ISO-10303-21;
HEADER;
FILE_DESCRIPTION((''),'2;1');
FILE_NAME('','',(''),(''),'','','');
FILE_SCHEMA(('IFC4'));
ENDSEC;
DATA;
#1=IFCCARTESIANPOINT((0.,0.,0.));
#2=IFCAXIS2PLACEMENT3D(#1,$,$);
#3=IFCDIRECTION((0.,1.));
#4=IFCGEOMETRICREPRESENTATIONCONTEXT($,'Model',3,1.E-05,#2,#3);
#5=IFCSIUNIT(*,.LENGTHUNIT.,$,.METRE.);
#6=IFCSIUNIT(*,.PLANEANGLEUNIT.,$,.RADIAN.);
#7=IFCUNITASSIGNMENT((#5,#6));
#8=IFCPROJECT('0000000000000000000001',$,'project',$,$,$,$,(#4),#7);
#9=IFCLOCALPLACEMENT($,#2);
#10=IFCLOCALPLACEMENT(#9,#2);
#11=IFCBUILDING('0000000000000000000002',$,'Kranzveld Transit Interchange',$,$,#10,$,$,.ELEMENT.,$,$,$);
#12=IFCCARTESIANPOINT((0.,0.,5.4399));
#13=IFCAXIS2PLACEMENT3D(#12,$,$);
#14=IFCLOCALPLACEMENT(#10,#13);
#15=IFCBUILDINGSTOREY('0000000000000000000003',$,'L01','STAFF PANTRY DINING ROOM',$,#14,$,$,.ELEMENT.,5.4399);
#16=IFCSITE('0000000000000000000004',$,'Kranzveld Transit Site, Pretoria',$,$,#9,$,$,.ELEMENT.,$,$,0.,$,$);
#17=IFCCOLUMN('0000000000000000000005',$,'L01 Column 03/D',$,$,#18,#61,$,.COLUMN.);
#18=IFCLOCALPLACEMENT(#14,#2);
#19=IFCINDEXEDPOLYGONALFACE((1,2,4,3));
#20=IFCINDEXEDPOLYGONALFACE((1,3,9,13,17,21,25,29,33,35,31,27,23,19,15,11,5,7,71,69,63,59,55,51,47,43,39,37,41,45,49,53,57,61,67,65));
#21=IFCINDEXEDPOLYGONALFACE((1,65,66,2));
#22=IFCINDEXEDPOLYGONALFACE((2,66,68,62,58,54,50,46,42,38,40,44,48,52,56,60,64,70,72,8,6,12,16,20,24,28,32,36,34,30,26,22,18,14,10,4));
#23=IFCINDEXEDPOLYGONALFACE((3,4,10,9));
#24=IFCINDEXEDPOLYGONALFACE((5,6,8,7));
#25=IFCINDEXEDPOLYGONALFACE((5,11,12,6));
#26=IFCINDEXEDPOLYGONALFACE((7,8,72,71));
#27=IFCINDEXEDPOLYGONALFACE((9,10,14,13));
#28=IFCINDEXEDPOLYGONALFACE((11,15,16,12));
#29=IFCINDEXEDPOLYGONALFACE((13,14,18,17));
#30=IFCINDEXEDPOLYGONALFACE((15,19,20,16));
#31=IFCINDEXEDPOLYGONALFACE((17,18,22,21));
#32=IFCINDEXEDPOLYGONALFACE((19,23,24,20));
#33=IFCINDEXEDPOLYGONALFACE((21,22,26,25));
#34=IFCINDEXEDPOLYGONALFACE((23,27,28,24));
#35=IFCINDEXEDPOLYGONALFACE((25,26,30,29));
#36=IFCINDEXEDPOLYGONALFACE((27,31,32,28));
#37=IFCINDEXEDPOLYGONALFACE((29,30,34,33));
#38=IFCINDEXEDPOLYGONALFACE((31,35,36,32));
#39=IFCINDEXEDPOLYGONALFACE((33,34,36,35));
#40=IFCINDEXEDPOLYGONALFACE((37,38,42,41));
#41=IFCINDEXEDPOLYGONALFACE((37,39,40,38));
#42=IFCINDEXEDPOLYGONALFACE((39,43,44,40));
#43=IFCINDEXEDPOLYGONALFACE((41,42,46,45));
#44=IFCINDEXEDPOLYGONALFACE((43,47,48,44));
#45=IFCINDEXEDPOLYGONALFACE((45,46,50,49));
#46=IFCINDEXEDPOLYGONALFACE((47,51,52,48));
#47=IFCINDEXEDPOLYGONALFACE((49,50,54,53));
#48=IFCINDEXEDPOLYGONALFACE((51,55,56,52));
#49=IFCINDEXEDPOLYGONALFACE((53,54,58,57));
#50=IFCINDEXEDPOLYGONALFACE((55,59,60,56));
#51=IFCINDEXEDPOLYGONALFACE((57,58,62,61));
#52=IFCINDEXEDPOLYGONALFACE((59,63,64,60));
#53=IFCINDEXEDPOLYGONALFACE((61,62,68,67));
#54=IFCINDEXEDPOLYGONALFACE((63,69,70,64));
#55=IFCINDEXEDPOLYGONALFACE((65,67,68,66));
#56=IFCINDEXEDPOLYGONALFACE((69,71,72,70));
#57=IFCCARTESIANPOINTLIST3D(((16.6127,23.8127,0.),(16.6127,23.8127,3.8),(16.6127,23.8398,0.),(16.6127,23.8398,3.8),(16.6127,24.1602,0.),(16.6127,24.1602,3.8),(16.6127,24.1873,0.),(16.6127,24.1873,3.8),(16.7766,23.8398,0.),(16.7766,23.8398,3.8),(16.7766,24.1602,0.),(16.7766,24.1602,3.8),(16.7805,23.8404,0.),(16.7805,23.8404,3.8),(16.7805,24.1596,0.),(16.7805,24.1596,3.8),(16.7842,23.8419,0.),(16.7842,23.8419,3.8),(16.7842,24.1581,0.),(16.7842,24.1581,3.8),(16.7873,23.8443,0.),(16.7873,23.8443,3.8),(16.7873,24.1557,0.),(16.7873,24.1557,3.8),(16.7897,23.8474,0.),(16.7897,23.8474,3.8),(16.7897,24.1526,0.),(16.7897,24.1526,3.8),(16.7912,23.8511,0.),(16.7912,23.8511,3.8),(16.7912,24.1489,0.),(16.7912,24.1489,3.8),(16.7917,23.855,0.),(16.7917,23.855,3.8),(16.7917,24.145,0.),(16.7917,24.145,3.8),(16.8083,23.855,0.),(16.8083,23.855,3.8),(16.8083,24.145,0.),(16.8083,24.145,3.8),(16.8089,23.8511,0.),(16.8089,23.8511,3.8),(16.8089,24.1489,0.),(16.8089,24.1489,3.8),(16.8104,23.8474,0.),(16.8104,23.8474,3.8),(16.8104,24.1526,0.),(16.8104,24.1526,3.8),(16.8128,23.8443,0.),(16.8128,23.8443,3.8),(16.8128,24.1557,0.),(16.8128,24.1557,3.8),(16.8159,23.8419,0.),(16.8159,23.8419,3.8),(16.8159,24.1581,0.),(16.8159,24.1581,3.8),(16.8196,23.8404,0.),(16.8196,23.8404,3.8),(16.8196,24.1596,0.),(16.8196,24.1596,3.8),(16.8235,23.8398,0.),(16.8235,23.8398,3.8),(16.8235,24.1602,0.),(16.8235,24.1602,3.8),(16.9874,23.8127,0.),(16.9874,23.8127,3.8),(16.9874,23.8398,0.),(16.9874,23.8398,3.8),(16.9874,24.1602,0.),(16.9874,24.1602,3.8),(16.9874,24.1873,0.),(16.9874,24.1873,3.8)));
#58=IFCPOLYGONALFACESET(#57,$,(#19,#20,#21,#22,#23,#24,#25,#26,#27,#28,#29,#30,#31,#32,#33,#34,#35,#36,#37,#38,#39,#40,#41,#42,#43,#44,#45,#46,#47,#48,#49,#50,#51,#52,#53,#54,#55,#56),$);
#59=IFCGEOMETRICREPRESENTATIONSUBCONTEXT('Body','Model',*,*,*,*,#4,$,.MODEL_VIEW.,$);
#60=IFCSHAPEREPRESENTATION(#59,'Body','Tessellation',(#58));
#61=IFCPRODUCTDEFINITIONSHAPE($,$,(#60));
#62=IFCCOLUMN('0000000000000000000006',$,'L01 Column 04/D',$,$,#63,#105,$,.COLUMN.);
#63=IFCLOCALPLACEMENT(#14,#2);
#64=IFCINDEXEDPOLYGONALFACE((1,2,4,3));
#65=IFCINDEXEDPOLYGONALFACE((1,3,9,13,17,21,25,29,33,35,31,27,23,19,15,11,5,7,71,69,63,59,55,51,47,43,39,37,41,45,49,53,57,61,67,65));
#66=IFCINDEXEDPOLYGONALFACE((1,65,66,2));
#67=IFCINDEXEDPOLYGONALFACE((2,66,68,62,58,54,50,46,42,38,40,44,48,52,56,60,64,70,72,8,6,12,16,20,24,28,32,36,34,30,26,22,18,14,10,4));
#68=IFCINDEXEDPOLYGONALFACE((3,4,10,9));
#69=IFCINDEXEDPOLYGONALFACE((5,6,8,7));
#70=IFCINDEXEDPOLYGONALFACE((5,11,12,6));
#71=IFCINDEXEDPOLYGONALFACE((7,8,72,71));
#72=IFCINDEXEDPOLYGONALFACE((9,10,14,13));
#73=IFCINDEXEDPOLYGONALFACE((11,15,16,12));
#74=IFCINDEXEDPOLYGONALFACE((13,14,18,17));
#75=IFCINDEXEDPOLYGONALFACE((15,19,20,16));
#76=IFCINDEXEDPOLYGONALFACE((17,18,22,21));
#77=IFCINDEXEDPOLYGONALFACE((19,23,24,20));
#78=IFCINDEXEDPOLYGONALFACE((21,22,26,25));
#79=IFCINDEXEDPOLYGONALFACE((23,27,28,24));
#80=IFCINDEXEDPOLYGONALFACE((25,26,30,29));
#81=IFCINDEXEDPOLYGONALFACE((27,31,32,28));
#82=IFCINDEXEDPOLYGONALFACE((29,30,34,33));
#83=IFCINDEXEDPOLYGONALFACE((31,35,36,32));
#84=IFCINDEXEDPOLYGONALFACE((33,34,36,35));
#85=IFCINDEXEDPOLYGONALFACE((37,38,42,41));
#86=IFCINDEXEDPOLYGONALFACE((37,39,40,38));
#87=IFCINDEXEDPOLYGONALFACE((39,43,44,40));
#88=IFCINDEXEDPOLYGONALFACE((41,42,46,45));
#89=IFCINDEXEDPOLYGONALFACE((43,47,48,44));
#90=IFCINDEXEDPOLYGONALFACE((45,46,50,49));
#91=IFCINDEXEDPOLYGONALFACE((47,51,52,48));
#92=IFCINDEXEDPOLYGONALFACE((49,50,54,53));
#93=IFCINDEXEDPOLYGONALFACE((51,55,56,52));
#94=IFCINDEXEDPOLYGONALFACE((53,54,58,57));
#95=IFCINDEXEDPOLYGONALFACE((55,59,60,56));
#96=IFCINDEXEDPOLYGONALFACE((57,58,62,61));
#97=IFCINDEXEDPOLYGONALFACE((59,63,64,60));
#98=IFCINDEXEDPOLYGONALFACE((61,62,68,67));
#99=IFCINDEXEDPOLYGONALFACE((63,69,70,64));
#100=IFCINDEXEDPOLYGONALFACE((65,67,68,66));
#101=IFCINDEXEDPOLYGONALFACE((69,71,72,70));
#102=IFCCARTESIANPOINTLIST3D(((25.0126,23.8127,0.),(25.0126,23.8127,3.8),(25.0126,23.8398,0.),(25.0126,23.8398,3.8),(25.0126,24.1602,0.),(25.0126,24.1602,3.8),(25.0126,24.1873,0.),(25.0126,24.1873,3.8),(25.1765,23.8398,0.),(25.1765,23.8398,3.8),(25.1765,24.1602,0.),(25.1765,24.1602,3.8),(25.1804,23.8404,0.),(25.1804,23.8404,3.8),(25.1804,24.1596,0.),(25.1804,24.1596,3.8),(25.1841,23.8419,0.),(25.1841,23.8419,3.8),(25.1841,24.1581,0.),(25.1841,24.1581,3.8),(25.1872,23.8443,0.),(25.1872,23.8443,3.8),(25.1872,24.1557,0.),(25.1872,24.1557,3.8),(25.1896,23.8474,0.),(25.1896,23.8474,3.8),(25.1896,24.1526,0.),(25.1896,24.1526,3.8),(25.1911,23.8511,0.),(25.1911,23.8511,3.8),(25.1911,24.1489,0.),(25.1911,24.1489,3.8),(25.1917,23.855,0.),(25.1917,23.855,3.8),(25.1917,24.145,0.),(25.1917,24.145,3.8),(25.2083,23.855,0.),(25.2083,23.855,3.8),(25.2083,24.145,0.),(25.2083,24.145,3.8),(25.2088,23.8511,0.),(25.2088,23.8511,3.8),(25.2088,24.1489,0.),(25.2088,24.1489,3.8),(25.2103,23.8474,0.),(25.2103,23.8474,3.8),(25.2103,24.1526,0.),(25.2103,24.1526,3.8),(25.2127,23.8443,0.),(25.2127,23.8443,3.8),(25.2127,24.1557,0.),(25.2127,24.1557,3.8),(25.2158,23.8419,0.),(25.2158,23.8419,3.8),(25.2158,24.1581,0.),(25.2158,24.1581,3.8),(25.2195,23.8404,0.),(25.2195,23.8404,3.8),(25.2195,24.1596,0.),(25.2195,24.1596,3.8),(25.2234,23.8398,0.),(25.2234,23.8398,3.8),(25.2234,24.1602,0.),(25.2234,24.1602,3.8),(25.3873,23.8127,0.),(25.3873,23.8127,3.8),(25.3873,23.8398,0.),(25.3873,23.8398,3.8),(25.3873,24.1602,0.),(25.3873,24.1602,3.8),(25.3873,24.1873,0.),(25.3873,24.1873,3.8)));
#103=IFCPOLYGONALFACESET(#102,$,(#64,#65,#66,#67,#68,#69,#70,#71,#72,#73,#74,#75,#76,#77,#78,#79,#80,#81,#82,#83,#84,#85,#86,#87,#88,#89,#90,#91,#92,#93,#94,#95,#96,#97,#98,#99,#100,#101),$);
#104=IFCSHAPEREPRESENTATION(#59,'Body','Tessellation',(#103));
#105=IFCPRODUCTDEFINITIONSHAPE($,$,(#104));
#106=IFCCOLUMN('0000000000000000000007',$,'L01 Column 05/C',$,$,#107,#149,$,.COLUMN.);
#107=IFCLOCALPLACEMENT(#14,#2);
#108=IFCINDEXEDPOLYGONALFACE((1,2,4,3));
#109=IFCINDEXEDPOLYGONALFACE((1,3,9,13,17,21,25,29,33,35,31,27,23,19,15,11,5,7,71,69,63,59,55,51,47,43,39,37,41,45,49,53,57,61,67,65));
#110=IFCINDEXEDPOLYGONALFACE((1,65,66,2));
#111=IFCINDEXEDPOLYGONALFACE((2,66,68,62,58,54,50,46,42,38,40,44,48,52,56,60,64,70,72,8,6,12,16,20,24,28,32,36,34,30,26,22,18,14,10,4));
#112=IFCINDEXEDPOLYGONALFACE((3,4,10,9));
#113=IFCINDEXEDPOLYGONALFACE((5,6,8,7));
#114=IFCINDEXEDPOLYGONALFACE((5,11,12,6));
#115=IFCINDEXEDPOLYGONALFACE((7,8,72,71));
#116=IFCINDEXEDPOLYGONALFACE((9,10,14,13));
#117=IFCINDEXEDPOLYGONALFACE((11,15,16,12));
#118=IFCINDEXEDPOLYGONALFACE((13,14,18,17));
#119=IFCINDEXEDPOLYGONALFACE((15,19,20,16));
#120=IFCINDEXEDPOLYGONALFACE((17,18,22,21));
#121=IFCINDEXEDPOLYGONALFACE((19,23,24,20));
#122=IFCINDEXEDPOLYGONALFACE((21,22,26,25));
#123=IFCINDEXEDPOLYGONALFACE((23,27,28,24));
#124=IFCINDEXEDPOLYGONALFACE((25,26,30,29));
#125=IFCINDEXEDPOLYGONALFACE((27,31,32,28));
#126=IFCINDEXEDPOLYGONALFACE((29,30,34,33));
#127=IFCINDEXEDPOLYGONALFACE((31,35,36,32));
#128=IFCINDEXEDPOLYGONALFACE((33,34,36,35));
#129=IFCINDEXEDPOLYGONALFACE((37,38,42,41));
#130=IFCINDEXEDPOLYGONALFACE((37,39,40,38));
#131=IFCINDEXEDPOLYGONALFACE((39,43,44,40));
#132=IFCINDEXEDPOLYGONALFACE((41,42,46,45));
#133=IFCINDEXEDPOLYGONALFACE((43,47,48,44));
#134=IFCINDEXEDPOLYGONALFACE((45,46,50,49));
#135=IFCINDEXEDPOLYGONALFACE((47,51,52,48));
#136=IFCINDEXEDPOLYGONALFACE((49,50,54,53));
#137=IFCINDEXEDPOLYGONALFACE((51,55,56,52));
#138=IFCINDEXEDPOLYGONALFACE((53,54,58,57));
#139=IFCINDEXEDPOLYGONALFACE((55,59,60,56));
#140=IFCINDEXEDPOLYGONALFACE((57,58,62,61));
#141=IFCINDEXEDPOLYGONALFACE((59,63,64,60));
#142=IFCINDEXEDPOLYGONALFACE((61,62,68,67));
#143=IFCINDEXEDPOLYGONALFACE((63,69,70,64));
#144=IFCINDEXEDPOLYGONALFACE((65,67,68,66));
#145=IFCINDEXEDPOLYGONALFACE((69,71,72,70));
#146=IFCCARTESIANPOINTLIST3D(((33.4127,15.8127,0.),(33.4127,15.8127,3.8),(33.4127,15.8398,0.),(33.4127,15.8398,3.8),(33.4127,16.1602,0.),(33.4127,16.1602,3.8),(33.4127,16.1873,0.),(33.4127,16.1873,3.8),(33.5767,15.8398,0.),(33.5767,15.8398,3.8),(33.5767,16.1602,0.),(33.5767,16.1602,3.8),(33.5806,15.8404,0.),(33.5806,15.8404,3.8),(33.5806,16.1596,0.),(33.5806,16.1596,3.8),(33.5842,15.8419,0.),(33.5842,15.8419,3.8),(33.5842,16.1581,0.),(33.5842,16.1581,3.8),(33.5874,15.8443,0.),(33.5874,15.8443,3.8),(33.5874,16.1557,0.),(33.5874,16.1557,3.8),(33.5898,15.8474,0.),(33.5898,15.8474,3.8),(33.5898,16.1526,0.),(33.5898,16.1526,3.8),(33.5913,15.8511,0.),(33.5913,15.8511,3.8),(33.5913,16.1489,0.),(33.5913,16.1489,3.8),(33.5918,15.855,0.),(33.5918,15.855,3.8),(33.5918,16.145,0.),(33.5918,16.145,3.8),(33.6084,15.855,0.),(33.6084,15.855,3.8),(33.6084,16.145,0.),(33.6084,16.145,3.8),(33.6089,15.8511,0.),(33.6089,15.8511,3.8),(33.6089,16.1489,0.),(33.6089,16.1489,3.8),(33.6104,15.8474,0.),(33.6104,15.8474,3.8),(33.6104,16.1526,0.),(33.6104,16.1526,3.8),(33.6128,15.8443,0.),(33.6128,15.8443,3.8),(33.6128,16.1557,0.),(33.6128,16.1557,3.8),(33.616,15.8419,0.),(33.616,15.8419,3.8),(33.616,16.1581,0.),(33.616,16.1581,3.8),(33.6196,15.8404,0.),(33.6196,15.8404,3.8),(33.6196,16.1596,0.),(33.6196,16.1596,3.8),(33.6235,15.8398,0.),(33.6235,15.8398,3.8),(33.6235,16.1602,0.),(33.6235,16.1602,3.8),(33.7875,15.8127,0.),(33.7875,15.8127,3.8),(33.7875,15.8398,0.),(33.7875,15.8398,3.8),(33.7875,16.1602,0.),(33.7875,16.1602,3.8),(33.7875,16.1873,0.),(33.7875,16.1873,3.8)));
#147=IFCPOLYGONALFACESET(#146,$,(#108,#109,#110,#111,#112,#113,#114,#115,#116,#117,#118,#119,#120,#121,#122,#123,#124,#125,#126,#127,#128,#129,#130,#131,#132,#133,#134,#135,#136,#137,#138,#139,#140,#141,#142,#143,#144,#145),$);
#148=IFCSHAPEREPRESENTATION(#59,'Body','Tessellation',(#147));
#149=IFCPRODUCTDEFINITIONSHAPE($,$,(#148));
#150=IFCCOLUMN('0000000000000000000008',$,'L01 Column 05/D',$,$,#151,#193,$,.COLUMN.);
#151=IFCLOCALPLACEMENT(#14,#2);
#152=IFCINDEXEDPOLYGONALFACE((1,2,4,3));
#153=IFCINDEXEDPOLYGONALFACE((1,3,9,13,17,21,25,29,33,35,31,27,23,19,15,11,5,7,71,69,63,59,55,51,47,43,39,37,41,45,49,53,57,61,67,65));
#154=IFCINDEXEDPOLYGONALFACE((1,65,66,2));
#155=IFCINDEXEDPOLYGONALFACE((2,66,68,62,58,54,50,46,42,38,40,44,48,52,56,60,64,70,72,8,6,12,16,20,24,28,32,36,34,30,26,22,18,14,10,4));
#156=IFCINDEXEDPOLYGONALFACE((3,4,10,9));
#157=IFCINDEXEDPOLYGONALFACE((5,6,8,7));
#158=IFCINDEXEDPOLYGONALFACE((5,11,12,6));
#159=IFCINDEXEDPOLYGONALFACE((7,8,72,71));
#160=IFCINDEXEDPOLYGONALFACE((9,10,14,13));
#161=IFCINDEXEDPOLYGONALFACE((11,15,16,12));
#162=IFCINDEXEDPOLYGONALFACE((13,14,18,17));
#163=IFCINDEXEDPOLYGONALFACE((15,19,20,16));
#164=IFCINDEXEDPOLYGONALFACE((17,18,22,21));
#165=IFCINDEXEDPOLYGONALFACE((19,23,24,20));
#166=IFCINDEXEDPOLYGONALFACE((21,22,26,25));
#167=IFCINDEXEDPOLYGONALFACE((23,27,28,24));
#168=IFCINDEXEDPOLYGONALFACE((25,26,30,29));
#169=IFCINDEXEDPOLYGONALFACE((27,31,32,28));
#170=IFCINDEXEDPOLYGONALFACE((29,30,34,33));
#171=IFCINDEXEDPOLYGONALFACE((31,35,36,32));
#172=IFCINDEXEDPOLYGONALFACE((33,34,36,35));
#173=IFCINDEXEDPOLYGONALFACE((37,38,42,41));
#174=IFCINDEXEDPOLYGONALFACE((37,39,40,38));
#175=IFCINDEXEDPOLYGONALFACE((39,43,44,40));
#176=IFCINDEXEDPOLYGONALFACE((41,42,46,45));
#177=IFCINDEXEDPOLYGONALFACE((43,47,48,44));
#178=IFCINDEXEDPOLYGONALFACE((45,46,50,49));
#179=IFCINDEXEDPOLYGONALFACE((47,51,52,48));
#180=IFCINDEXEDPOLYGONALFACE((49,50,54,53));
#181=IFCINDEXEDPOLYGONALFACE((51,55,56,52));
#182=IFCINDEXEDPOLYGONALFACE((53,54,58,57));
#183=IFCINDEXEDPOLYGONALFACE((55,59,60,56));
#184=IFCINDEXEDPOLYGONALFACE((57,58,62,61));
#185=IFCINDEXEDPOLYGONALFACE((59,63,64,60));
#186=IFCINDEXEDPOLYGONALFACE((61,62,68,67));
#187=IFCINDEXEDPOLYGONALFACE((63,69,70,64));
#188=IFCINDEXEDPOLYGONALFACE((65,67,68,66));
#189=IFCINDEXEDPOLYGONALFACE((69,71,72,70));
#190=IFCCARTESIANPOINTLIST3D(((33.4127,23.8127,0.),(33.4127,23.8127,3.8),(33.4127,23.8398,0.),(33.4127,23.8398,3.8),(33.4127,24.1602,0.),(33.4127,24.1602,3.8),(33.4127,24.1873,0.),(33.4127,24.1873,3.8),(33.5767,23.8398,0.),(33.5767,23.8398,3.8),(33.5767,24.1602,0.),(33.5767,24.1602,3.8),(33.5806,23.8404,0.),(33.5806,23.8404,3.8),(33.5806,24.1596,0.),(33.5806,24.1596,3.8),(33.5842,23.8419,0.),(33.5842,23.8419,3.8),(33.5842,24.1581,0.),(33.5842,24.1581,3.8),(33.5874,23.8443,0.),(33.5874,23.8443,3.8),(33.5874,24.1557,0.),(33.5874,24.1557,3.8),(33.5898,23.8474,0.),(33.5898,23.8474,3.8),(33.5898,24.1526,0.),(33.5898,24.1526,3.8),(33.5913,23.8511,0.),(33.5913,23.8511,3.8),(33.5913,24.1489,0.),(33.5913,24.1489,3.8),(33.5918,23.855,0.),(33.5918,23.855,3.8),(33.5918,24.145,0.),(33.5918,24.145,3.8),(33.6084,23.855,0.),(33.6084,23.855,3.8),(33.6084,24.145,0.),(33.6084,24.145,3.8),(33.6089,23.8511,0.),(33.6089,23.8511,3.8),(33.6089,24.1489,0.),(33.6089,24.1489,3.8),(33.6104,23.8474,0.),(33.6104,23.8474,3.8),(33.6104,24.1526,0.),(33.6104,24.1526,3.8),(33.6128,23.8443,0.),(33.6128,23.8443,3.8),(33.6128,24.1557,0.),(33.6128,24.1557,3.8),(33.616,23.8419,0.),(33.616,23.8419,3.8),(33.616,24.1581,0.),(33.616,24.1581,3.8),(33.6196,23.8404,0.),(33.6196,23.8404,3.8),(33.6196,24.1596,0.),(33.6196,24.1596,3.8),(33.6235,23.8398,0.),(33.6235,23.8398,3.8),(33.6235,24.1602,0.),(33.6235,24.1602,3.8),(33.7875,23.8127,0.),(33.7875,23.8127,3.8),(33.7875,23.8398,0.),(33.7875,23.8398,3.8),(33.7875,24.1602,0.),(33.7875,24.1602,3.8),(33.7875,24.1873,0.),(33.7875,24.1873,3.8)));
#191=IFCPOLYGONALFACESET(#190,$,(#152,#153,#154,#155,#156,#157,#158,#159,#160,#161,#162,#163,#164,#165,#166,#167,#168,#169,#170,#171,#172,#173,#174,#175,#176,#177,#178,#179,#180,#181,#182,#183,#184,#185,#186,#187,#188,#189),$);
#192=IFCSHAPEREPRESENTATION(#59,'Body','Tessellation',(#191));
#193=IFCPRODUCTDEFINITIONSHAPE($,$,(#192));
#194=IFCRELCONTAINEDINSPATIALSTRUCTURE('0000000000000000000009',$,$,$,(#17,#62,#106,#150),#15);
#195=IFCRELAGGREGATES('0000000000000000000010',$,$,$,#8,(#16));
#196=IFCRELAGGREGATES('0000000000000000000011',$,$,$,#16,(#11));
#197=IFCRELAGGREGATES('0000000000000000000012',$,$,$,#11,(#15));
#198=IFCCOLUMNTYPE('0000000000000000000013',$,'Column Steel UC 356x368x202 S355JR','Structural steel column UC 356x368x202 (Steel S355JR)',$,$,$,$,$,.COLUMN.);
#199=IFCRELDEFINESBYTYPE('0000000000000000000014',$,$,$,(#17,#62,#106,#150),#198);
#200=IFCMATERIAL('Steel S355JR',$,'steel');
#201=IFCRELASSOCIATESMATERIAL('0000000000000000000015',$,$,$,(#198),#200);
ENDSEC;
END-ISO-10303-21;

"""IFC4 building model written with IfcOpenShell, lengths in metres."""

from ifc_helpers import new_model, si_unit, direction, frame, origin, origin_2d, place, context, subcontext, project, spatial, i_section, extrude, material, material_profile, profile_set, type_object, element, save


model = new_model("IFC4")

# Units and contexts
model_context = context("Model", 3, precision=1e-05, world=origin(), true_north=direction((0.0, 1.0)))
body_context = subcontext(model_context, "Body", "Model", "MODEL_VIEW")
ifc_project = project(units=[si_unit("LENGTHUNIT", "METRE"), si_unit("PLANEANGLEUNIT", "RADIAN")], contexts=[model_context])

# Site, building, storey
site_placement = place(None, origin())
site = spatial("IfcSite", under=ifc_project, at=site_placement, Name="Kranzveld Transit Site, Pretoria", CompositionType="ELEMENT", RefElevation=0.0)
building_placement = place(site_placement, origin())
building = spatial("IfcBuilding", under=site, at=building_placement, Name="Kranzveld Transit Interchange", CompositionType="ELEMENT")
storey_placement = place(building_placement, frame((0.0, 0.0, 5.4399)))
storey = spatial("IfcBuildingStorey", under=building, at=storey_placement, Name="L01", Description="STAFF PANTRY DINING ROOM", CompositionType="ELEMENT", Elevation=5.4399)

# Columns
ifc_material_1 = material(Name="Steel S355JR", Category="steel")
ifc_material_profile_1 = material_profile(ifc_material_1, i_section(OverallWidth=0.3748, OverallDepth=0.3745, WebThickness=0.0166, FlangeThickness=0.0271, FilletRadius=0.0151, at=origin_2d()), Name="UC 356x368x202")
ifc_profile_set_1 = profile_set([ifc_material_profile_1], Name="Steel S355JR")
column_type = type_object("IfcColumnType", Name="Column Steel UC 356x368x202 S355JR", Description="Structural steel column UC 356x368x202 (Steel S355JR)", PredefinedType="COLUMN", material=ifc_profile_set_1)
for number, where, z_axis, x_axis, name in (
    (1, (16.8, 24.0, 0.0), (0.0, 0.0, 1.0), (1.0, 0.0, 0.0), "L01 Column 03/D"),
    (2, (25.2, 24.0, 0.0), (0.0, 0.0, 1.0), (1.0, 0.0, 0.0), "L01 Column 04/D"),
    (3, (33.6001, 16.0, 0.0), (0.0, 0.0, 1.0), (1.0, 0.0, 0.0), "L01 Column 05/C"),
    (4, (33.6001, 24.0, 0.0), (0.0, 0.0, 1.0), (1.0, 0.0, 0.0), "L01 Column 05/D"),
):
    element("IfcColumn", number, at=place(storey_placement, frame(where, z_axis=z_axis, x_axis=x_axis)), inside=storey, type_object=column_type, Name=name, PredefinedType="COLUMN", context=body_context, shape_type="SweptSolid", body=[
        extrude(i_section(OverallWidth=0.3748, OverallDepth=0.3745, WebThickness=0.0166, FlangeThickness=0.0271, FilletRadius=0.0151, at=origin_2d()), origin(), (0.0, 0.0, 1.0), 3.8),
    ])

save(model, "model.ifc")
